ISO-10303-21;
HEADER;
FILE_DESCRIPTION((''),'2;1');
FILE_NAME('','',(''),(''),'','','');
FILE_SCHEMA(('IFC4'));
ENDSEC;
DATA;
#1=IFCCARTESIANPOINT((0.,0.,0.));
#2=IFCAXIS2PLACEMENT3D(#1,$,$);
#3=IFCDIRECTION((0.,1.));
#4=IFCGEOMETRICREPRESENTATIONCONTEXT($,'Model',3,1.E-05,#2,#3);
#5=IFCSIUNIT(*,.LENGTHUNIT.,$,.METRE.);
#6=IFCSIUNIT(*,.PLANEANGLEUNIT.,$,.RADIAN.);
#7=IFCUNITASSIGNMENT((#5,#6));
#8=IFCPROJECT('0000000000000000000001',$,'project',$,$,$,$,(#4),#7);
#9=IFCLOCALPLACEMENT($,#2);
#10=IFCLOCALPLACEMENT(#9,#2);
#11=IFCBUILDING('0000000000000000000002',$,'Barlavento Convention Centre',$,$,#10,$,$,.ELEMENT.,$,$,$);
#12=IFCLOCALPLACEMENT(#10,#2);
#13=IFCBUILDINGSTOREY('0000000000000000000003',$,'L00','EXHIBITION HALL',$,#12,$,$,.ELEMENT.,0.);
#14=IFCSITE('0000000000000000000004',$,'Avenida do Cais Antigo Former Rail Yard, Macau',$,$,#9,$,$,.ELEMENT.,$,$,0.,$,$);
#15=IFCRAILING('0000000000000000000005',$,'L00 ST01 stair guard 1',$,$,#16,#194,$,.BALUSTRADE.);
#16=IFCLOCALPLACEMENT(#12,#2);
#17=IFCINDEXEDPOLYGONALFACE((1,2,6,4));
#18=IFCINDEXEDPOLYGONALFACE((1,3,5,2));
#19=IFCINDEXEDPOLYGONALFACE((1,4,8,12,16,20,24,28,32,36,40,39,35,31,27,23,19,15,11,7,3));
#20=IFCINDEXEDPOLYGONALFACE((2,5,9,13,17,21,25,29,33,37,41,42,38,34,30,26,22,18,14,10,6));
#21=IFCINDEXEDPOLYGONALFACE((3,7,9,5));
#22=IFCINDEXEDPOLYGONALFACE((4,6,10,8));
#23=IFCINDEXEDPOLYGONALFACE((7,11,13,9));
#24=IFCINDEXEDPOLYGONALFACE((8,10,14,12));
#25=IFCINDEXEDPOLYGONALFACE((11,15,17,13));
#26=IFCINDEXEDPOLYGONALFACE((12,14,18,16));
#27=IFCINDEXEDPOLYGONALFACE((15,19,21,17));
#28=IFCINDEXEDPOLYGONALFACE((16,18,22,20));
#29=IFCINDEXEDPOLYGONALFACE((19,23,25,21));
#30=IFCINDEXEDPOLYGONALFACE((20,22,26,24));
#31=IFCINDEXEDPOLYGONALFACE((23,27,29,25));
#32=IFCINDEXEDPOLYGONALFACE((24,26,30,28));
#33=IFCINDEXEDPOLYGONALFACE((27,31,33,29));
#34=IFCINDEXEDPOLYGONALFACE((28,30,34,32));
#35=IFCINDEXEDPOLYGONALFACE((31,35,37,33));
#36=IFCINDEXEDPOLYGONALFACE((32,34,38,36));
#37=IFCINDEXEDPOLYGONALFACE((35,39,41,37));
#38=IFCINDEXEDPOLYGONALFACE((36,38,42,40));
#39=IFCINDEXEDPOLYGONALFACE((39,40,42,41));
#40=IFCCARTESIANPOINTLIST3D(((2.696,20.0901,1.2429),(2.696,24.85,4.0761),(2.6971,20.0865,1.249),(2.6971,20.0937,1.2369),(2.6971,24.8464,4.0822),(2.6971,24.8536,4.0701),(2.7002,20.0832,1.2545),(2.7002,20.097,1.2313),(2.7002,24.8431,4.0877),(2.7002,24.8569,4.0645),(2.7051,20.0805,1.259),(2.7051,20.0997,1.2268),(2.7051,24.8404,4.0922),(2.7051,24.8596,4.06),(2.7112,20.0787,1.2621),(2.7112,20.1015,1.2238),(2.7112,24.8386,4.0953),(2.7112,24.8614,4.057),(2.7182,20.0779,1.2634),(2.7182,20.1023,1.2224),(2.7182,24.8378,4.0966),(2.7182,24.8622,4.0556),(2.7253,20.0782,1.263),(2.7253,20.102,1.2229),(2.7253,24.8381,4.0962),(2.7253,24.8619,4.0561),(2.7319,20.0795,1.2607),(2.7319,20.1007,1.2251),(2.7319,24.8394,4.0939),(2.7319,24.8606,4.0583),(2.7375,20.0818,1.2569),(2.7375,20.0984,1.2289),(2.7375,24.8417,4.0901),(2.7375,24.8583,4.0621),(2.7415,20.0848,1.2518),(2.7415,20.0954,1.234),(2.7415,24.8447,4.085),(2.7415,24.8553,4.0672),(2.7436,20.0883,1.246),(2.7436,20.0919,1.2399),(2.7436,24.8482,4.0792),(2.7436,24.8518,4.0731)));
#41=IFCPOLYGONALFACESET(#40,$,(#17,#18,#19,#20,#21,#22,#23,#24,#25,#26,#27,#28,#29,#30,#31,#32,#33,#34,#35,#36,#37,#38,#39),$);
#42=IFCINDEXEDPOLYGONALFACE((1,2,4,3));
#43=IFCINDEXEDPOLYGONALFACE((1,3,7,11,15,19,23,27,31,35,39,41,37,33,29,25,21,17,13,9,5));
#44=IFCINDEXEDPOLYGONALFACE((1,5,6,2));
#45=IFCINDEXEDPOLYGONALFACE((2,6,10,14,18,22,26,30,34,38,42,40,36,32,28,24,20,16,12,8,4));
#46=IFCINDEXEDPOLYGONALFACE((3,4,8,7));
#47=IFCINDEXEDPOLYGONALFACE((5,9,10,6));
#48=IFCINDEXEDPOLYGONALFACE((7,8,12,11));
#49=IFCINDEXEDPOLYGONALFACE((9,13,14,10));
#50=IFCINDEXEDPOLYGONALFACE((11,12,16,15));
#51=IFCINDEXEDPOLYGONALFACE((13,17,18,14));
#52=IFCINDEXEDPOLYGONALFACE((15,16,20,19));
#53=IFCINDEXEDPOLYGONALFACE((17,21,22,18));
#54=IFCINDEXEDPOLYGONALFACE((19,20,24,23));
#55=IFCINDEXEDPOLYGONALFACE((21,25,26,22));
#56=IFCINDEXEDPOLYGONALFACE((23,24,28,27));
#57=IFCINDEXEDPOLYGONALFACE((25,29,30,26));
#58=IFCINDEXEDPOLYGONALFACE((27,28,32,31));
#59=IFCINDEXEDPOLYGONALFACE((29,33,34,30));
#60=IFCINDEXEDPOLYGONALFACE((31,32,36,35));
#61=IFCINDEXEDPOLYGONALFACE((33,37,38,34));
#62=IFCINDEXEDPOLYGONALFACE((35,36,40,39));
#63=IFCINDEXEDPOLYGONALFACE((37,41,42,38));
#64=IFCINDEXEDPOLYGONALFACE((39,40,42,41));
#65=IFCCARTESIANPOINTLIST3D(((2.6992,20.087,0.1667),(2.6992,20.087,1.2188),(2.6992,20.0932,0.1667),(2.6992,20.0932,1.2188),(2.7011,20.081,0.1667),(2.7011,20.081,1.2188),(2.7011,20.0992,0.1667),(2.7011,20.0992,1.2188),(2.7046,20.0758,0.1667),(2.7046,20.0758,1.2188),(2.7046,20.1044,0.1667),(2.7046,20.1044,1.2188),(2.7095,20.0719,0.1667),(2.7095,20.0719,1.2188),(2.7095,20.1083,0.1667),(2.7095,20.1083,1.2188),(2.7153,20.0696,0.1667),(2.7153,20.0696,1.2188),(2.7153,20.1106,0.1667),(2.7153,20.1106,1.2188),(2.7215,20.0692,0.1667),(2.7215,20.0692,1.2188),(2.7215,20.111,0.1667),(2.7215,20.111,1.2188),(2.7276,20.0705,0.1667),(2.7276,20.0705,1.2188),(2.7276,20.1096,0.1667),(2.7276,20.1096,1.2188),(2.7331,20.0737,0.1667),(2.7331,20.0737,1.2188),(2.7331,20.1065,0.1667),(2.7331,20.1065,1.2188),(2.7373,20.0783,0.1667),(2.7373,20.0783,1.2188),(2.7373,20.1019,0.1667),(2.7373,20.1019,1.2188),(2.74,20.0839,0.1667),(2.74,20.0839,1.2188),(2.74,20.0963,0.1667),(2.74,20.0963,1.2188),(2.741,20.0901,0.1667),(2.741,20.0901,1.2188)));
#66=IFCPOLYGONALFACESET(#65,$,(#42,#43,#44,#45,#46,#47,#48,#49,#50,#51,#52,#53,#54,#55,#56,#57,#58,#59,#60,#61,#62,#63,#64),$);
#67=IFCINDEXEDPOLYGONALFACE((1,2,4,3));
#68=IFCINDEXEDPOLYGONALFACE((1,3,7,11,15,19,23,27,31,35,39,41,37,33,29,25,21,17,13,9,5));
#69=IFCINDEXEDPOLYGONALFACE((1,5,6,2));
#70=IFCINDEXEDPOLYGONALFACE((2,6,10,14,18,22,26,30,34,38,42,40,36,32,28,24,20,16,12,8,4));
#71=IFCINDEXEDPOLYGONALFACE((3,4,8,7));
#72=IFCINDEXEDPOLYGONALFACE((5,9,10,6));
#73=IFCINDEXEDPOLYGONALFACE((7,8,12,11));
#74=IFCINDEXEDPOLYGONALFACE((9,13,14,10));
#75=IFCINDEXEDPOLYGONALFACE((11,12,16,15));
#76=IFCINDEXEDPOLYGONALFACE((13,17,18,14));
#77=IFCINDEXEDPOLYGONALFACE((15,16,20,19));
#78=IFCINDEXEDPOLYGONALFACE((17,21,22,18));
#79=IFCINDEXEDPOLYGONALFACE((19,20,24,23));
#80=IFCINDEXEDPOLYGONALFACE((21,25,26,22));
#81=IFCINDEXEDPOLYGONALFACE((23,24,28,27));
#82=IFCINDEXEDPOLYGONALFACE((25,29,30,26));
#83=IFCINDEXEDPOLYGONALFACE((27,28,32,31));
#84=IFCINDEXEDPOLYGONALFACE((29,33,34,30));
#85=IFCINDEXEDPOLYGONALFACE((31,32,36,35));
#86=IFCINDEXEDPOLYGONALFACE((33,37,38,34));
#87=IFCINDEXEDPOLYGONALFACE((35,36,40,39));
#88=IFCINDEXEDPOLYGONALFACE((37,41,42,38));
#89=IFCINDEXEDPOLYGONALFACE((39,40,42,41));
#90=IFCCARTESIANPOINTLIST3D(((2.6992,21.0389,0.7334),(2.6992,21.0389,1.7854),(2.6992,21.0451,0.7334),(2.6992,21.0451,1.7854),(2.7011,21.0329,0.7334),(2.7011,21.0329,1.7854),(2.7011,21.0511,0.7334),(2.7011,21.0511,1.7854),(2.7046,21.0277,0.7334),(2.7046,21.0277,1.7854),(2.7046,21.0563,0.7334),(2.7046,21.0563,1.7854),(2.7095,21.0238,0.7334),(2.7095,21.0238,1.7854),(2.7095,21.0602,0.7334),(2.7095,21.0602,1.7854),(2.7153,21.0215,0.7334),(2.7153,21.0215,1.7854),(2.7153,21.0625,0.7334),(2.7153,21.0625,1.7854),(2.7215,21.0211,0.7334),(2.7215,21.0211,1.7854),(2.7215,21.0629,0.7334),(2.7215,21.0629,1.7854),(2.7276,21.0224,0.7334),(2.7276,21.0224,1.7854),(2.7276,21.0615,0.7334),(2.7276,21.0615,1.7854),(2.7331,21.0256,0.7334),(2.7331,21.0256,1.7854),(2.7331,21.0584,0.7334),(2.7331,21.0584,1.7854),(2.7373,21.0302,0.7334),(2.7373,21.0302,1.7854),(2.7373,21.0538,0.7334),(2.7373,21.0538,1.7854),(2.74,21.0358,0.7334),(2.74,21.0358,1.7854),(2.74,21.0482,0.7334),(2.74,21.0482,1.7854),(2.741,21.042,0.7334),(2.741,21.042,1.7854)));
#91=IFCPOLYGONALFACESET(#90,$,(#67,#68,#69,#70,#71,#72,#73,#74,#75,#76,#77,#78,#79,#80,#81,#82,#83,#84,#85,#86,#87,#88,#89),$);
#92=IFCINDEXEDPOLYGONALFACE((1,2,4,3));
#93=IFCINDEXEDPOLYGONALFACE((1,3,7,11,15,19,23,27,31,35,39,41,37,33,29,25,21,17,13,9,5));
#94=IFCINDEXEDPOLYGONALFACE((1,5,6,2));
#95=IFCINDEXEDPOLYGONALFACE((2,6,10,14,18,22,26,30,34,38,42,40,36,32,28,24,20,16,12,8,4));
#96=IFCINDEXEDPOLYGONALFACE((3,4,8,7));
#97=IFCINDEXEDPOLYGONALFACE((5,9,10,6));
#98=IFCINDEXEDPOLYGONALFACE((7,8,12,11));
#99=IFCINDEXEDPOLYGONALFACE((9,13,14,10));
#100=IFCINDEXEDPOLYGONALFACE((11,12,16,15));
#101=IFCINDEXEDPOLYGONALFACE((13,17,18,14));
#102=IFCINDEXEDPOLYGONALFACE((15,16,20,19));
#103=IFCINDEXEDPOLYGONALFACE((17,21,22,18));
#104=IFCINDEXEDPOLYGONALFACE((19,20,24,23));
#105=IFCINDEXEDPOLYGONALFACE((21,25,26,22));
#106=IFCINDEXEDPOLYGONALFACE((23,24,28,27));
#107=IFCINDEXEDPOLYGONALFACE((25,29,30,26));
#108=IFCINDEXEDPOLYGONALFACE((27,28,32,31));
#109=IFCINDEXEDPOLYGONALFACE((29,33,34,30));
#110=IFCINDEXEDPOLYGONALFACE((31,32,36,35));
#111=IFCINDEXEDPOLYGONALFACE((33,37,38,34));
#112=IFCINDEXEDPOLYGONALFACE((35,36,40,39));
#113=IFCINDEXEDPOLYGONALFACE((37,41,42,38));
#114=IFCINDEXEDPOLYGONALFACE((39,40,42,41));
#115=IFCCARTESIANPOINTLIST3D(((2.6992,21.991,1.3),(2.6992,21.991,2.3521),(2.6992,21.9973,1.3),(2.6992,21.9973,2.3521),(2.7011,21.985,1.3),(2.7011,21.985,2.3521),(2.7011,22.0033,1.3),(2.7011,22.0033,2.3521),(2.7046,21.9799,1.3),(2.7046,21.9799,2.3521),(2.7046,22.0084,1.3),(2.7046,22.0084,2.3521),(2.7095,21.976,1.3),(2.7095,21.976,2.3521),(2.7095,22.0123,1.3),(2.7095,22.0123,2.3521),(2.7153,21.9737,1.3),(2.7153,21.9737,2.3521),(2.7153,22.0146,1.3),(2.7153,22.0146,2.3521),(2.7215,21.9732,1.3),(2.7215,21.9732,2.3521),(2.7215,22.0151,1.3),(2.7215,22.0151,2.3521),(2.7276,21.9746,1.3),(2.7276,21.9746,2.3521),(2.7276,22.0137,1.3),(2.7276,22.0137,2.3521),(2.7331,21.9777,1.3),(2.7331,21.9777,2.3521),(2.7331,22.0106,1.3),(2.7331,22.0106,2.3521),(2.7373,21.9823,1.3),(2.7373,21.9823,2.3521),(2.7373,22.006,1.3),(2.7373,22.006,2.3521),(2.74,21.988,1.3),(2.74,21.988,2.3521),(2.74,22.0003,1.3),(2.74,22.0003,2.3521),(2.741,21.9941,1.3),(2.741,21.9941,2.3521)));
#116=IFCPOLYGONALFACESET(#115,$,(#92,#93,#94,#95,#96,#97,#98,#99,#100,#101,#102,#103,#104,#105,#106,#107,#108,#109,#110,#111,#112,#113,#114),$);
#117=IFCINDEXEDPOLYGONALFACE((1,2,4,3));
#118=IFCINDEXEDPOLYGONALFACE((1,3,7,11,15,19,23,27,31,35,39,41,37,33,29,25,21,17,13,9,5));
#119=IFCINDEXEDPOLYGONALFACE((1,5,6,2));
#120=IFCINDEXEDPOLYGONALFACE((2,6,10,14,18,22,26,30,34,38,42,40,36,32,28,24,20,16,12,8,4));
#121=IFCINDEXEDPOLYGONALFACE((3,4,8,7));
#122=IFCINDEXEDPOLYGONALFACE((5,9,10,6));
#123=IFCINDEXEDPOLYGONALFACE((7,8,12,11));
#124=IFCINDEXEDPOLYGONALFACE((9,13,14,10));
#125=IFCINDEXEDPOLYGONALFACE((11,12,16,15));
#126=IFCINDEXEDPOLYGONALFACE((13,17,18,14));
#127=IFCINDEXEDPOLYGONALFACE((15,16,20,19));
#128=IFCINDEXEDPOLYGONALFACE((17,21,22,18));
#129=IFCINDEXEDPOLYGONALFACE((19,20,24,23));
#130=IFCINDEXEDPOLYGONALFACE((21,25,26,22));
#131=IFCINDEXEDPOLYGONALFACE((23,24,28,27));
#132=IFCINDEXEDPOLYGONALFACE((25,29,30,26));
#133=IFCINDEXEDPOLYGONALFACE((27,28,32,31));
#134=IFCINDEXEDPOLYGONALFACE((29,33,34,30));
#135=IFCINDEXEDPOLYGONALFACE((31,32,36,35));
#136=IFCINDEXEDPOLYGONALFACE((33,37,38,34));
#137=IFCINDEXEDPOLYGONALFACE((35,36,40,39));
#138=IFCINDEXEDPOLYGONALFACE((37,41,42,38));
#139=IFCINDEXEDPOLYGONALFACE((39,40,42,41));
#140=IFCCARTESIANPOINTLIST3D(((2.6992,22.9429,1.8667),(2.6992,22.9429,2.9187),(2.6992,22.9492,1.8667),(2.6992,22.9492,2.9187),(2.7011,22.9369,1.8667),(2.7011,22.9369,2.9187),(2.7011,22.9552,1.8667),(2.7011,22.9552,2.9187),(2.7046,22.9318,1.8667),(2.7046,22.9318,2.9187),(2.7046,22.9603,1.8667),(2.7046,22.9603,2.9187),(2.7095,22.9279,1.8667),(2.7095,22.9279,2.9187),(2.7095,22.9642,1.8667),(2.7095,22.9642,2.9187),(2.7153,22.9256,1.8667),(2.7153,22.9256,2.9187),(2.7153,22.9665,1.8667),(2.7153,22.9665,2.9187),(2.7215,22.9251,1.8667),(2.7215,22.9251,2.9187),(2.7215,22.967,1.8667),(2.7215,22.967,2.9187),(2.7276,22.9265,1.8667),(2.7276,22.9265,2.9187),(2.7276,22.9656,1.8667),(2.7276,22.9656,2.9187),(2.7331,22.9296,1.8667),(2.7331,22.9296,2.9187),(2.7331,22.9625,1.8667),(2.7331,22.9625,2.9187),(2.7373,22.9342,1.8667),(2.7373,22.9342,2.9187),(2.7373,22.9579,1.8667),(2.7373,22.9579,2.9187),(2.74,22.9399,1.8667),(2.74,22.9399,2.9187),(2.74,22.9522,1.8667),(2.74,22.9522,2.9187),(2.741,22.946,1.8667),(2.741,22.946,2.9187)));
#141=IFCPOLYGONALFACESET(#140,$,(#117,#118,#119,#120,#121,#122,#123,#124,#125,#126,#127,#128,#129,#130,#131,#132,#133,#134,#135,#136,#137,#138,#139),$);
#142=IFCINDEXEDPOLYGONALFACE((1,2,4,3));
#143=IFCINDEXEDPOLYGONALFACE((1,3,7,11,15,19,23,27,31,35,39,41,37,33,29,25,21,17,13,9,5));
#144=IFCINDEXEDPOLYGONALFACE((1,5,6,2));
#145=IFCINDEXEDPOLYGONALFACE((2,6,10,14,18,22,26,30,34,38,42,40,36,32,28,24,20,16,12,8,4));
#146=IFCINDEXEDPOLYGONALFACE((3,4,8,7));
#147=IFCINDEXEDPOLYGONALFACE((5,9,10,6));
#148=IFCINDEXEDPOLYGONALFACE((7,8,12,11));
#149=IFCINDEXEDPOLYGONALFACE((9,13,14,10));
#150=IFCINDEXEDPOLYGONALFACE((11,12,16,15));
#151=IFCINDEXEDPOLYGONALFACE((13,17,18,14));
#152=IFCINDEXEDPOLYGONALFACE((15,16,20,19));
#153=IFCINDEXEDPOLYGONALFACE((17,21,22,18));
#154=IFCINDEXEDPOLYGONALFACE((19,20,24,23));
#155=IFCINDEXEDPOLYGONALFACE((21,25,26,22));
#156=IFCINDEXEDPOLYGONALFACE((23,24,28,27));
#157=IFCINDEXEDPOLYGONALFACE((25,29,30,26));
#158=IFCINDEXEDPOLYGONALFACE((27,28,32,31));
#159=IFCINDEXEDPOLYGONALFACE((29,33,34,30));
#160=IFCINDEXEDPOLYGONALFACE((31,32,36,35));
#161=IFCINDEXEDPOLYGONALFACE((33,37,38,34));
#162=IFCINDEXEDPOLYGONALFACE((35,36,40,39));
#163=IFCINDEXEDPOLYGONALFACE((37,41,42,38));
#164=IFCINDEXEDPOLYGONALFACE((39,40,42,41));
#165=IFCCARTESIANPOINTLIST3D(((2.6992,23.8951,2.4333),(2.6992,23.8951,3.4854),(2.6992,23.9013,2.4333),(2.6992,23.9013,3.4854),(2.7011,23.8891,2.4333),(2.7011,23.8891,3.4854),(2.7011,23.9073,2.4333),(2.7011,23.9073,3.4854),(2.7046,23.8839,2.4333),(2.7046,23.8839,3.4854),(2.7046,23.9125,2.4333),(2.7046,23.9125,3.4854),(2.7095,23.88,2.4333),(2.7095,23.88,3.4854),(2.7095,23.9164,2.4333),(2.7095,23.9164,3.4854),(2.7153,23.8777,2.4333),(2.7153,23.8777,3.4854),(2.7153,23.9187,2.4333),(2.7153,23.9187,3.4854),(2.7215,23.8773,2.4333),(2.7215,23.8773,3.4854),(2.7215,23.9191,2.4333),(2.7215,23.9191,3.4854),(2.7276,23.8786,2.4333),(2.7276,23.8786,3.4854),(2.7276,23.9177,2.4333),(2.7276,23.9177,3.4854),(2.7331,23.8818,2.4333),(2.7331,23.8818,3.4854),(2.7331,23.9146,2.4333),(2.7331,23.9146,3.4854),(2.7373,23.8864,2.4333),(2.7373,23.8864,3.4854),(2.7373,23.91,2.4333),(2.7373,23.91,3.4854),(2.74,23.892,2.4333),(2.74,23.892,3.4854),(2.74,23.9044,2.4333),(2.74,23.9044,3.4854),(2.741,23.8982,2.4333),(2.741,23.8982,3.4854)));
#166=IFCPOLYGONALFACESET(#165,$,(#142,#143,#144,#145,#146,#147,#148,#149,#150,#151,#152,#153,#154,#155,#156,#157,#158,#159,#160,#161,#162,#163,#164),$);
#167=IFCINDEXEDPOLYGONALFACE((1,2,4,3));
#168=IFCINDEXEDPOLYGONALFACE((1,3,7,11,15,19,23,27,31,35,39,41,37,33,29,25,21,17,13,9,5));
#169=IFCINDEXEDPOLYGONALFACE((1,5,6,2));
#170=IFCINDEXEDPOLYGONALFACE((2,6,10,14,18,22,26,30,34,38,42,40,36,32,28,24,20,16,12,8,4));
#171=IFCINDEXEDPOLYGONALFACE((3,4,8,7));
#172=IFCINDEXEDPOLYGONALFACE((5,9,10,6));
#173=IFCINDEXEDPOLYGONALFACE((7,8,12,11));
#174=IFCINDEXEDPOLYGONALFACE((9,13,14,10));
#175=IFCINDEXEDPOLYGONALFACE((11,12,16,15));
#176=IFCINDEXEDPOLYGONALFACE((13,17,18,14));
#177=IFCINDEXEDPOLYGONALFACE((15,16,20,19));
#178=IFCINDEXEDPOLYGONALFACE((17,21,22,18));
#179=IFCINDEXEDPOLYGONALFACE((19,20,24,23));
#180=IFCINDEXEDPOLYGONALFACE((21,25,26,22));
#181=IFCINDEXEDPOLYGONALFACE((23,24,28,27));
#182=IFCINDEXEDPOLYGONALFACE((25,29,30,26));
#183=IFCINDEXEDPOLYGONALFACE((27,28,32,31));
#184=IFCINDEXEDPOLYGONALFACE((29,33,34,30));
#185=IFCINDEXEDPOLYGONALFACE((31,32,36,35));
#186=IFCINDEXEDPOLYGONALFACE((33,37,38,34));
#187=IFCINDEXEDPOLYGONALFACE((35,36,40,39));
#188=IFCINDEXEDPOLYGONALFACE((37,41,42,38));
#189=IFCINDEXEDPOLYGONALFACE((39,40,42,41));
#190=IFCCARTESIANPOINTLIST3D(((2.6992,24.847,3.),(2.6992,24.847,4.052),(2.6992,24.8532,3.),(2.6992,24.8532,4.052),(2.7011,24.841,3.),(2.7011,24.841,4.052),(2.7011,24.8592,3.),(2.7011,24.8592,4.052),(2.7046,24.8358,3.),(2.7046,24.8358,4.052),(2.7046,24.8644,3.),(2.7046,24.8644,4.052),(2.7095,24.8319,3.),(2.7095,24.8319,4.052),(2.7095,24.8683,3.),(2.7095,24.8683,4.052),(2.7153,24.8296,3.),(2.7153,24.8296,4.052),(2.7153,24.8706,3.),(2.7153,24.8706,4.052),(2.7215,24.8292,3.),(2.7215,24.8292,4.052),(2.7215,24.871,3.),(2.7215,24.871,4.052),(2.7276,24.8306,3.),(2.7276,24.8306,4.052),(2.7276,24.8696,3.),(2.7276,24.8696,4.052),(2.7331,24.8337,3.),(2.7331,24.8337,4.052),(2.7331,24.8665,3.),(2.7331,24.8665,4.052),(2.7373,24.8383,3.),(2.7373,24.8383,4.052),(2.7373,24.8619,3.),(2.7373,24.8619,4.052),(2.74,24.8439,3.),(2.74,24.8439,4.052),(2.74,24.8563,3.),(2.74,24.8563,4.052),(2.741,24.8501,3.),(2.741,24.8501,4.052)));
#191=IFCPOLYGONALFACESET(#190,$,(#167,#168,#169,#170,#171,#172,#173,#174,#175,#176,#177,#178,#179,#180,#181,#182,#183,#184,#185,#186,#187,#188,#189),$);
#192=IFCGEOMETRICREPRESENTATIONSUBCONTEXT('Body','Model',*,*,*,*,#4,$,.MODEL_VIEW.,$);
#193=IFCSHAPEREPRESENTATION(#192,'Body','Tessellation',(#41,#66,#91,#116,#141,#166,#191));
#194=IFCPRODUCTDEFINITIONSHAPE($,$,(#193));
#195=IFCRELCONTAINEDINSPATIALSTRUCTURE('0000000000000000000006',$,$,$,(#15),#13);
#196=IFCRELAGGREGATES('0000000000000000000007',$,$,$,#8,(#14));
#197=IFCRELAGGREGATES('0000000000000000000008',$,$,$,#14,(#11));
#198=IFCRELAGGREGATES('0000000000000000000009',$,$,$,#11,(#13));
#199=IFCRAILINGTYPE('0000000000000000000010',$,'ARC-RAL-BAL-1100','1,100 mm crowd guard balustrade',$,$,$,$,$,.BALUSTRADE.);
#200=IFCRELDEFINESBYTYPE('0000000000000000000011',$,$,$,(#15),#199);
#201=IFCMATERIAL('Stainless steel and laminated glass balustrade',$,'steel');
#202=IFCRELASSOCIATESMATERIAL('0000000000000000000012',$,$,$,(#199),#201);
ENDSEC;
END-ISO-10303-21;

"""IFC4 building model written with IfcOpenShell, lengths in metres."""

from ifc_helpers import new_model, si_unit, direction, frame, origin, origin_2d, place, context, subcontext, project, spatial, circle, extrude, material, type_object, element, save


model = new_model("IFC4")

# Units and contexts
model_context = context("Model", 3, precision=1e-05, world=origin(), true_north=direction((0.0, 1.0)))
body_context = subcontext(model_context, "Body", "Model", "MODEL_VIEW")
ifc_project = project(units=[si_unit("LENGTHUNIT", "METRE"), si_unit("PLANEANGLEUNIT", "RADIAN")], contexts=[model_context])

# Site, building, storey
site_placement = place(None, origin())
site = spatial("IfcSite", under=ifc_project, at=site_placement, Name="Avenida do Cais Antigo Former Rail Yard, Macau", CompositionType="ELEMENT", RefElevation=0.0)
building_placement = place(site_placement, origin())
building = spatial("IfcBuilding", under=site, at=building_placement, Name="Barlavento Convention Centre", CompositionType="ELEMENT")
storey_placement = place(building_placement, origin())
storey = spatial("IfcBuildingStorey", under=building, at=storey_placement, Name="L00", Description="EXHIBITION HALL", CompositionType="ELEMENT", Elevation=0.0)

# Railing
ifc_material_1 = material(Name="Stainless steel and laminated glass balustrade", Category="steel")
railing_type_1 = type_object("IfcRailingType", Name="ARC-RAL-BAL-1100", Description="1,100 mm crowd guard balustrade", PredefinedType="BALUSTRADE", material=ifc_material_1)
railing_1_placement = place(storey_placement, frame((2.72, 20.0901, 0.1667)))
element("IfcRailing", 1, at=railing_1_placement, inside=storey, type_object=railing_type_1, Name="L00 ST01 stair guard 1", PredefinedType="BALUSTRADE", context=body_context, shape_type="SweptSolid", body=[
    extrude(circle(Radius=0.0239, at=origin_2d()), frame((0.0, 0.0, 1.0762), z_axis=(0.0, 0.8593, 0.511472), x_axis=(-1.0, 0.0, 0.0)), (0.0, 0.0, 1.0), 5.5393),
    extrude(circle(Radius=0.021, at=origin_2d()), origin(), (0.0, 0.0, 1.0), 1.052),
    extrude(circle(Radius=0.021, at=origin_2d()), frame((0.0, 0.9519, 0.5667)), (0.0, 0.0, 1.0), 1.052),
    extrude(circle(Radius=0.021, at=origin_2d()), frame((0.0, 1.9041, 1.1333)), (0.0, 0.0, 1.0), 1.052),
    extrude(circle(Radius=0.021, at=origin_2d()), frame((0.0, 2.856, 1.7)), (0.0, 0.0, 1.0), 1.052),
    extrude(circle(Radius=0.021, at=origin_2d()), frame((0.0, 3.8081, 2.2666)), (0.0, 0.0, 1.0), 1.052),
    extrude(circle(Radius=0.021, at=origin_2d()), frame((0.0, 4.76, 2.8333)), (0.0, 0.0, 1.0), 1.052),
])

save(model, "model.ifc")
